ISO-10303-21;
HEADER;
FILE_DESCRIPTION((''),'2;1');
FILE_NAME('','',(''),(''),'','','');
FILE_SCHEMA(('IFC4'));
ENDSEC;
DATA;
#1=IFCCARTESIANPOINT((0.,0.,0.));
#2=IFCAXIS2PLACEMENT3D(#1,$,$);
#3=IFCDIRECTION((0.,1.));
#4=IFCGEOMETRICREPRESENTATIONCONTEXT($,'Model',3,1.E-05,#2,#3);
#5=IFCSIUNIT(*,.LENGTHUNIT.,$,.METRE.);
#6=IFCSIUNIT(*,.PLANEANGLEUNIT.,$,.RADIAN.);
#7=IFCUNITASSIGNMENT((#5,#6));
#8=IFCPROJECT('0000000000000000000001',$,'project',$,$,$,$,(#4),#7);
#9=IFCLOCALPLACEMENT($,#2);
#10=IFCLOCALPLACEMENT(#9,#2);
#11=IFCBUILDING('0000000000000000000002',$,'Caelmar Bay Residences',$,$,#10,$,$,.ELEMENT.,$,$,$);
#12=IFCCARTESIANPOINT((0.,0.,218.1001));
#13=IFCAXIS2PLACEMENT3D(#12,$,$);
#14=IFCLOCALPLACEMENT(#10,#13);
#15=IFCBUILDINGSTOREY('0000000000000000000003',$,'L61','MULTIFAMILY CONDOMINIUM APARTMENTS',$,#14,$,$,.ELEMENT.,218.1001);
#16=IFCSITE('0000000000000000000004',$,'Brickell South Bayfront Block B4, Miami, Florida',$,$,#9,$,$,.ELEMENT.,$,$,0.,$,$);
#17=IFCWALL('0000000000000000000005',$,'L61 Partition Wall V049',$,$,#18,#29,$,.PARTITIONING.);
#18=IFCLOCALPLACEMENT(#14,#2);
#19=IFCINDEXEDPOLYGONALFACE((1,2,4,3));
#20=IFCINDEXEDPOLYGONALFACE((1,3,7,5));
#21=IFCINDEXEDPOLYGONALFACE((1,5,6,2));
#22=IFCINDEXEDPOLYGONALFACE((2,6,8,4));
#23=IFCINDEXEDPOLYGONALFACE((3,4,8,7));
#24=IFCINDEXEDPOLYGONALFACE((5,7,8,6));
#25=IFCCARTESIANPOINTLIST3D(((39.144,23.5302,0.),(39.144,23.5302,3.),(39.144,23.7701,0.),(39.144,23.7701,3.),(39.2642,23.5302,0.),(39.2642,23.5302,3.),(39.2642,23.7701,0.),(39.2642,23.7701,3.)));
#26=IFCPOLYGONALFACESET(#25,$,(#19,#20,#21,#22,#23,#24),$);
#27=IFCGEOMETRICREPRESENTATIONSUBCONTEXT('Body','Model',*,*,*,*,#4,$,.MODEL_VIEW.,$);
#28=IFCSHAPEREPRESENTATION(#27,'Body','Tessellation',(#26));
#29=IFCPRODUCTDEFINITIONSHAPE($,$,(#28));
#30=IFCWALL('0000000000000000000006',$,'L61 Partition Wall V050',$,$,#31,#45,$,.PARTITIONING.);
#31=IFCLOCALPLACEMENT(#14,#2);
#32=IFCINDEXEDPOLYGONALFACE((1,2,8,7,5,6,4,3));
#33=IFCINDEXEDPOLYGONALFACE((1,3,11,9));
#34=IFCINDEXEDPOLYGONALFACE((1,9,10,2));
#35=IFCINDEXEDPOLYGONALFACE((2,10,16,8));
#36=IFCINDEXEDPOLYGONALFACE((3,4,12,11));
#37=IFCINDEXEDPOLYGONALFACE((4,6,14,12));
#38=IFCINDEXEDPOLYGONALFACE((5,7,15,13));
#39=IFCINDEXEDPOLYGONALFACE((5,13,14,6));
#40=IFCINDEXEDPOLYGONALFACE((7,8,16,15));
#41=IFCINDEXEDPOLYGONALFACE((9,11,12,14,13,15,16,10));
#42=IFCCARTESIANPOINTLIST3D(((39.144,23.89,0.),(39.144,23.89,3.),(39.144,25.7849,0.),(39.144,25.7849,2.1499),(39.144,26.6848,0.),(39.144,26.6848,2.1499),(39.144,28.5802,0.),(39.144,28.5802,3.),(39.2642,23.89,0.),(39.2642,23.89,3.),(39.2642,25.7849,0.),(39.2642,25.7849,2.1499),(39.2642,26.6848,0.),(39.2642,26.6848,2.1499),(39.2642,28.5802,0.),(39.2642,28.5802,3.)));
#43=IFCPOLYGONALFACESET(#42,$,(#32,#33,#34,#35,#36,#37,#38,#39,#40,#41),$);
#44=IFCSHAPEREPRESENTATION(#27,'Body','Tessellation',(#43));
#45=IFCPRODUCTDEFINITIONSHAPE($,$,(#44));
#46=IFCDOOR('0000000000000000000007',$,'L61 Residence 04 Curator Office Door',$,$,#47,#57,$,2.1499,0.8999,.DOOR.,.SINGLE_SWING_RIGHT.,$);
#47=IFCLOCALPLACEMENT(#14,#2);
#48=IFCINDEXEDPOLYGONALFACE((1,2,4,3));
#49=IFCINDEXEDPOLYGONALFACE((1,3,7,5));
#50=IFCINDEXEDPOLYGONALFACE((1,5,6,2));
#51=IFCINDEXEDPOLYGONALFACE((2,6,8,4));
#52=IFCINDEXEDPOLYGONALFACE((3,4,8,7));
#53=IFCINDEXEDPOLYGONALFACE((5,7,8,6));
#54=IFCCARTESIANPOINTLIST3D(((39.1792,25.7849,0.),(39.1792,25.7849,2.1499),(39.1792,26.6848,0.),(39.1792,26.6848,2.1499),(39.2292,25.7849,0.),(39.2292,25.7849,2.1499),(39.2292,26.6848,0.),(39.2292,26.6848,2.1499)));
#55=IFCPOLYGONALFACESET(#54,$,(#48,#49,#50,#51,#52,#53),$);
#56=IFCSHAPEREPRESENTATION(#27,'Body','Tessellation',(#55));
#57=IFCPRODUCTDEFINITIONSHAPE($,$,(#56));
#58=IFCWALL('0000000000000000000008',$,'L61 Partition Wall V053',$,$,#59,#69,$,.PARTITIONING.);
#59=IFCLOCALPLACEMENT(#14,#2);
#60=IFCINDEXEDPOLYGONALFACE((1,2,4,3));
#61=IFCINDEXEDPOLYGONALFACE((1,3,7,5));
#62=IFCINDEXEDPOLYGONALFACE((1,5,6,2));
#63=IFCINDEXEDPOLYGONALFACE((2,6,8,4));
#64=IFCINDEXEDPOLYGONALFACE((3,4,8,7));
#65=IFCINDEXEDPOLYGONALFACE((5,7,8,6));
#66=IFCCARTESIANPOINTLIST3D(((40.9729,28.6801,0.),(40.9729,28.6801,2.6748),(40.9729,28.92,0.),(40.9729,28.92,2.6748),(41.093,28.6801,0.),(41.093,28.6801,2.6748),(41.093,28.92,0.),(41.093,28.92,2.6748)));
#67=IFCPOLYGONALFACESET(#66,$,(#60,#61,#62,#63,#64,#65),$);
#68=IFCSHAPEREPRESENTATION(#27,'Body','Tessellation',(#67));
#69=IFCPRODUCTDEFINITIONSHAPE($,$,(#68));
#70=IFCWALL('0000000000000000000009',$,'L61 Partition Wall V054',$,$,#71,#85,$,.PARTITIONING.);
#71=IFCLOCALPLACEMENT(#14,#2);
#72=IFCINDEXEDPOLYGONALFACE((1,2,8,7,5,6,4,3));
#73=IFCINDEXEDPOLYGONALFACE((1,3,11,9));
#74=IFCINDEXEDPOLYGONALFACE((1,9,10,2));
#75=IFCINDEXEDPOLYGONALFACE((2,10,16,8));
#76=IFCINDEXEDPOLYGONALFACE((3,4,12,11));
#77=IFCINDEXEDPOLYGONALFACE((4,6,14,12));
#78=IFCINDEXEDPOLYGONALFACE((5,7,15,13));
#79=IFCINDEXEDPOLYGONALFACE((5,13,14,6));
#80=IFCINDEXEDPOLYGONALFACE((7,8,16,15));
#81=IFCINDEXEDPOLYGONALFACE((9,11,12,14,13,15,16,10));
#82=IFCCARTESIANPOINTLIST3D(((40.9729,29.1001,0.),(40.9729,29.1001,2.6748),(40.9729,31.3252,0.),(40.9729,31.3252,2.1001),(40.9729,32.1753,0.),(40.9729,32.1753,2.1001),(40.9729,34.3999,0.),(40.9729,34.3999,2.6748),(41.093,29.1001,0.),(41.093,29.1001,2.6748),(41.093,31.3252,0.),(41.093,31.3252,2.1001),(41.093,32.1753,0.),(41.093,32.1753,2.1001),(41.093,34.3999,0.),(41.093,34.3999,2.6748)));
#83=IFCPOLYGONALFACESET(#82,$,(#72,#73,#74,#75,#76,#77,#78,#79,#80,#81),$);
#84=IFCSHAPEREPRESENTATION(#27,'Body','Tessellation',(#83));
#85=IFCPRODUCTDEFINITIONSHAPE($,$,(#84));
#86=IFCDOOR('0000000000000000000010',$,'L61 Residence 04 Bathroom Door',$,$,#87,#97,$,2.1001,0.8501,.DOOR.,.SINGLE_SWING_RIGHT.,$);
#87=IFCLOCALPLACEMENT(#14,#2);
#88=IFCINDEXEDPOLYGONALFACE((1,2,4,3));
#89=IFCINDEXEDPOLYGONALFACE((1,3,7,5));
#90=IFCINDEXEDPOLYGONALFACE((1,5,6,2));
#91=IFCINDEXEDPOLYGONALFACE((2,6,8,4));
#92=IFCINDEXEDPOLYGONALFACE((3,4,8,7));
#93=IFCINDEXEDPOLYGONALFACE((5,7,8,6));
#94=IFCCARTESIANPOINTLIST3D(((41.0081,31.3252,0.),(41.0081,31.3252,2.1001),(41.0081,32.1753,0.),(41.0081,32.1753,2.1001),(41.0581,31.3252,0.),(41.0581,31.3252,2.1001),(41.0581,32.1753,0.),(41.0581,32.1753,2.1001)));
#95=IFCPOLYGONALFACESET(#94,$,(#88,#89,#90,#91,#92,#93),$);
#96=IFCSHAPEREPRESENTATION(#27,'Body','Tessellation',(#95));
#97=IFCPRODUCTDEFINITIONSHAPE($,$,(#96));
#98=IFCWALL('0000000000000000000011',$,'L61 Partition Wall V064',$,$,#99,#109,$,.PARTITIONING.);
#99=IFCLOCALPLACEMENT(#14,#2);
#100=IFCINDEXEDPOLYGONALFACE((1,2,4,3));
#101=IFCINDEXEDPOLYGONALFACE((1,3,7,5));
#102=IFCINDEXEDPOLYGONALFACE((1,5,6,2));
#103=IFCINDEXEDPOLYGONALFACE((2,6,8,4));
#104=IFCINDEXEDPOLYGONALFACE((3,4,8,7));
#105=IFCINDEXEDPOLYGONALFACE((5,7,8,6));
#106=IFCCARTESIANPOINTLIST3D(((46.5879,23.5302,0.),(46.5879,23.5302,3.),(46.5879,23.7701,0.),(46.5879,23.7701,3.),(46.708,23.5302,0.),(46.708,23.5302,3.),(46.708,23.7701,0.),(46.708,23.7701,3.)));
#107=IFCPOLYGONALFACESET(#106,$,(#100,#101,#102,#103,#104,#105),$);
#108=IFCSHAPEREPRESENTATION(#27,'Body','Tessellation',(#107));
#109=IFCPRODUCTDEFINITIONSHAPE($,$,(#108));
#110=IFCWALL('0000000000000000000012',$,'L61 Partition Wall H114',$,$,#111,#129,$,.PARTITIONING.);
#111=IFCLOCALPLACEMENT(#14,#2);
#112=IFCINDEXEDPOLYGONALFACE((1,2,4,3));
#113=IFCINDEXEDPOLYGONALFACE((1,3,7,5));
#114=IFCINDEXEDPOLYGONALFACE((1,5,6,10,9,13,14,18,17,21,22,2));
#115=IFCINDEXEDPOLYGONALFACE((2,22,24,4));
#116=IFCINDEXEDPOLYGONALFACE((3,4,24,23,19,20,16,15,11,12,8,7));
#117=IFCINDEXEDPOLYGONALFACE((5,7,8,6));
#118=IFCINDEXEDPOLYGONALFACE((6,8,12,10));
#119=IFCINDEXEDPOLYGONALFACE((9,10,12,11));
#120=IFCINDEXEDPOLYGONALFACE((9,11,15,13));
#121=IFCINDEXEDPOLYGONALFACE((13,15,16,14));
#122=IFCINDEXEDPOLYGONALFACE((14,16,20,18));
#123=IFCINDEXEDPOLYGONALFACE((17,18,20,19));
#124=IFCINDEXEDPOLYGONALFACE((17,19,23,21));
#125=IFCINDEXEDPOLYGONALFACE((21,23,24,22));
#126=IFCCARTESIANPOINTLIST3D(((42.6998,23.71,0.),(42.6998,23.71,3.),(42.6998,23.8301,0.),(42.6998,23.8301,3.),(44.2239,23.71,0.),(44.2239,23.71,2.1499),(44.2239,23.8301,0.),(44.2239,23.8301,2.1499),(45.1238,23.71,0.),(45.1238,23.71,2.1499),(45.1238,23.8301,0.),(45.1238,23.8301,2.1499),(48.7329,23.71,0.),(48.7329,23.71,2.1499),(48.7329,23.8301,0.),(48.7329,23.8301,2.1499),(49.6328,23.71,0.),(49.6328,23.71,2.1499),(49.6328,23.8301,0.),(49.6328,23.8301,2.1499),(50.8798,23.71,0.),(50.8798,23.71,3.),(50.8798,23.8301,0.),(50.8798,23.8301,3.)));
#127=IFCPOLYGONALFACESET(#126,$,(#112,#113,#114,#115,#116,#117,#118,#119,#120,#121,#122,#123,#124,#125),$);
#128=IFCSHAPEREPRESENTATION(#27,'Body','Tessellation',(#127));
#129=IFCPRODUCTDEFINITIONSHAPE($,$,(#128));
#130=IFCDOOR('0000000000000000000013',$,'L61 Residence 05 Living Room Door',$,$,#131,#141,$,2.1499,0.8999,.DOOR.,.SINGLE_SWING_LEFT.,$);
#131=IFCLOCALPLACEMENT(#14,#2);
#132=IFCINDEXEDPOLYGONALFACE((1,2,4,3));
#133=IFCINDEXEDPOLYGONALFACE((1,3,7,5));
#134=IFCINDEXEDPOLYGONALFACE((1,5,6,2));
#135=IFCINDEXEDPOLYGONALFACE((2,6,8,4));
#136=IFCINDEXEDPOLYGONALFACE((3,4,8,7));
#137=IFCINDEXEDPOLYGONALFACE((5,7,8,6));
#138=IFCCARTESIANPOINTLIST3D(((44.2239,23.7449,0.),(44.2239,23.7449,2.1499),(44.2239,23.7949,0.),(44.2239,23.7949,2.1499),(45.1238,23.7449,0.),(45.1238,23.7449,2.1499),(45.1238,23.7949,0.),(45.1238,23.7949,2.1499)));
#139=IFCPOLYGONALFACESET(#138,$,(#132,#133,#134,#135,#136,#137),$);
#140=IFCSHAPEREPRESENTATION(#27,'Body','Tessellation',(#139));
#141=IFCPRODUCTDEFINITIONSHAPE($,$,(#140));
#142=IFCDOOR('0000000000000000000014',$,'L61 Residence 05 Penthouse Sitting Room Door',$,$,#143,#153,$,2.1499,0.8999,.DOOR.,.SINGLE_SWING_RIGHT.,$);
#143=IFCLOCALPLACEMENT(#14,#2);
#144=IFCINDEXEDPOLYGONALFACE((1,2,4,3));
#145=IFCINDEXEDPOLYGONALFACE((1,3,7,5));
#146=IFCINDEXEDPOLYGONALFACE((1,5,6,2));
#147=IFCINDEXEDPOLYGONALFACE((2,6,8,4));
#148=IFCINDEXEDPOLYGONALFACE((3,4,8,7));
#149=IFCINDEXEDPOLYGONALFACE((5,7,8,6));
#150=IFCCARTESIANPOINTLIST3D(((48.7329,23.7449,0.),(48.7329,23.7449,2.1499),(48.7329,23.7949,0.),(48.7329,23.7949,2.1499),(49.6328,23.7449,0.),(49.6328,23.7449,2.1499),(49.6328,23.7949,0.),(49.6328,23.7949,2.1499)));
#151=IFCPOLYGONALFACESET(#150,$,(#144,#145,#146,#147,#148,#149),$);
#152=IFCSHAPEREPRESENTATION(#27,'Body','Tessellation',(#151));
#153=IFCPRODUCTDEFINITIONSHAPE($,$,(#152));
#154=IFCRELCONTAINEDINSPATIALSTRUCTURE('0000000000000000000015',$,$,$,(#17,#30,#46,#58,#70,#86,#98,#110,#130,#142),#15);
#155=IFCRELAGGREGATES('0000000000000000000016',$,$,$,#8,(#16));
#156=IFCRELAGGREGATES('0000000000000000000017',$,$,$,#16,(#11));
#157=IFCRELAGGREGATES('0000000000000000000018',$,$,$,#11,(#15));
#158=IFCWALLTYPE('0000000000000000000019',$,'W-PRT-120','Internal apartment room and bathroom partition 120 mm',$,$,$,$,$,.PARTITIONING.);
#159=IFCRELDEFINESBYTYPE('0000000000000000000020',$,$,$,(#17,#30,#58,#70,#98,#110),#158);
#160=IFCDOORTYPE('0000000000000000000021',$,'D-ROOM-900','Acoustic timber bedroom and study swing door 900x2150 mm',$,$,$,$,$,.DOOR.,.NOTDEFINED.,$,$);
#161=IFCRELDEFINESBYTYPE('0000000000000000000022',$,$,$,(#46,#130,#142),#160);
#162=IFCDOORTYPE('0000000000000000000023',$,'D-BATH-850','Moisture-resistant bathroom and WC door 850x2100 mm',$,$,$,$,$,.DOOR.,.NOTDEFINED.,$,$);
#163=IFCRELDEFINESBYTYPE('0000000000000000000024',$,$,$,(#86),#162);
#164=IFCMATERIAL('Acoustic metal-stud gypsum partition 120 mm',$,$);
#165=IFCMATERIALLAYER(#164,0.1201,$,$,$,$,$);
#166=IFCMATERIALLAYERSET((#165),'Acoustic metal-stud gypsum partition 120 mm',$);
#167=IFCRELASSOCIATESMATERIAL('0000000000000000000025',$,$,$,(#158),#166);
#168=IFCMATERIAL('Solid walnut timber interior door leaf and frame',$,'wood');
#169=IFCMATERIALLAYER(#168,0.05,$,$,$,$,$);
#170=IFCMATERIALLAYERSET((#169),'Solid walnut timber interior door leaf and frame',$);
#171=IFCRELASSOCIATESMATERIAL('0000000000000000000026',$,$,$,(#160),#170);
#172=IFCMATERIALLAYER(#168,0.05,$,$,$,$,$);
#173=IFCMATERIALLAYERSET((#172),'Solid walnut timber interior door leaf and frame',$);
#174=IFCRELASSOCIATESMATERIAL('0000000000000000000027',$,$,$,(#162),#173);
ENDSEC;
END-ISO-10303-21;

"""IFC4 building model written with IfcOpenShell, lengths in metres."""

from ifc_helpers import new_model, si_unit, direction, frame, frame_2d, origin, place, context, subcontext, project, spatial, rectangle, extrude, material, layer, layer_set, type_object, element, fill, save


model = new_model("IFC4")

# Units and contexts
model_context = context("Model", 3, precision=1e-05, world=origin(), true_north=direction((0.0, 1.0)))
body_context = subcontext(model_context, "Body", "Model", "MODEL_VIEW")
ifc_project = project(units=[si_unit("LENGTHUNIT", "METRE"), si_unit("PLANEANGLEUNIT", "RADIAN")], contexts=[model_context])

# Site, building, storey
site_placement = place(None, origin())
site = spatial("IfcSite", under=ifc_project, at=site_placement, Name="Brickell South Bayfront Block B4, Miami, Florida", CompositionType="ELEMENT", RefElevation=0.0)
building_placement = place(site_placement, origin())
building = spatial("IfcBuilding", under=site, at=building_placement, Name="Caelmar Bay Residences", CompositionType="ELEMENT")
storey_placement = place(building_placement, frame((0.0, 0.0, 218.1001)))
storey = spatial("IfcBuildingStorey", under=building, at=storey_placement, Name="L61", Description="MULTIFAMILY CONDOMINIUM APARTMENTS", CompositionType="ELEMENT", Elevation=218.1001)

# Wall
ifc_material_1 = material(Name="Acoustic metal-stud gypsum partition 120 mm")
ifc_layer_1 = layer(ifc_material_1, 0.1201)
ifc_layer_set_1 = layer_set([ifc_layer_1], Name="Acoustic metal-stud gypsum partition 120 mm")
wall_type_1 = type_object("IfcWallType", Name="W-PRT-120", Description="Internal apartment room and bathroom partition 120 mm", PredefinedType="PARTITIONING", material=ifc_layer_set_1)
wall_1_placement = place(storey_placement, frame((39.2041, 23.53, 0.0), z_axis=(0.0, 0.0, 1.0), x_axis=(0.0, 1.0, 0.0)))
element("IfcWall", 1, at=wall_1_placement, inside=storey, type_object=wall_type_1, Name="L61 Partition Wall V049", PredefinedType="PARTITIONING", context=body_context, shape_type="SweptSolid", body=[
    extrude(rectangle(XDim=0.24, YDim=0.1201, at=frame_2d((0.1201, 0.0))), origin(), (0.0, 0.0, 1.0), 3.0),
])

# Wall, opening, door
wall_2_placement = place(storey_placement, frame((39.2041, 23.8899, 0.0), z_axis=(0.0, 0.0, 1.0), x_axis=(0.0, 1.0, 0.0)))
wall_2 = element("IfcWall", 2, at=wall_2_placement, inside=storey, type_object=wall_type_1, Name="L61 Partition Wall V050", PredefinedType="PARTITIONING", context=body_context, shape_type="SweptSolid", body=[
    extrude(rectangle(XDim=4.6902, YDim=0.1201, at=frame_2d((2.3452, 0.0))), origin(), (0.0, 0.0, 1.0), 3.0),
])
opening_1_placement = place(wall_2_placement, frame((1.895, 0.0, 0.0)))
opening_1 = element("IfcOpeningElement", 3, at=opening_1_placement, cuts=wall_2, PredefinedType="OPENING", context=body_context, shape_type="SweptSolid", body=[
    extrude(rectangle(XDim=0.8999, YDim=2.1499, at=frame_2d((0.45, 1.075))), frame((0.0, 0.0701, 0.0), z_axis=(0.0, -1.0, 0.0), x_axis=(1.0, 0.0, 0.0)), (0.0, 0.0, 1.0), 0.1401),
])
ifc_material_2 = material(Name="Solid walnut timber interior door leaf and frame", Category="wood")
ifc_layer_2 = layer(ifc_material_2, 0.05)
ifc_layer_set_2 = layer_set([ifc_layer_2], Name="Solid walnut timber interior door leaf and frame")
door_type_1 = type_object("IfcDoorType", Name="D-ROOM-900", Description="Acoustic timber bedroom and study swing door 900x2150 mm", OperationType="NOTDEFINED", PredefinedType="DOOR", material=ifc_layer_set_2)
door_1_placement = place(opening_1_placement, origin())
door_1 = element("IfcDoor", 4, at=door_1_placement, inside=storey, type_object=door_type_1, Name="L61 Residence 04 Curator Office Door", OperationType="SINGLE_SWING_RIGHT", OverallHeight=2.1499, OverallWidth=0.8999, PredefinedType="DOOR", context=body_context, shape_type="SweptSolid", body=[
    extrude(rectangle(XDim=0.8999, YDim=2.1499, at=frame_2d((0.45, 1.075))), frame((0.0, 0.0249, 0.0), z_axis=(0.0, -1.0, 0.0), x_axis=(1.0, 0.0, 0.0)), (0.0, 0.0, 1.0), 0.05),
])
fill(opening_1, door_1)

# Wall
wall_3_placement = place(storey_placement, frame((41.033, 28.6799, 0.0), z_axis=(0.0, 0.0, 1.0), x_axis=(0.0, 1.0, 0.0)))
element("IfcWall", 5, at=wall_3_placement, inside=storey, type_object=wall_type_1, Name="L61 Partition Wall V053", PredefinedType="PARTITIONING", context=body_context, shape_type="SweptSolid", body=[
    extrude(rectangle(XDim=0.24, YDim=0.1201, at=frame_2d((0.1201, 0.0))), origin(), (0.0, 0.0, 1.0), 2.6748),
])

# Wall, opening, door
wall_4_placement = place(storey_placement, frame((41.033, 29.1001, 0.0), z_axis=(0.0, 0.0, 1.0), x_axis=(0.0, 1.0, 0.0)))
wall_4 = element("IfcWall", 6, at=wall_4_placement, inside=storey, type_object=wall_type_1, Name="L61 Partition Wall V054", PredefinedType="PARTITIONING", context=body_context, shape_type="SweptSolid", body=[
    extrude(rectangle(XDim=5.2998, YDim=0.1201, at=frame_2d((2.6499, 0.0))), origin(), (0.0, 0.0, 1.0), 2.6748),
])
opening_2_placement = place(wall_4_placement, frame((2.2251, 0.0, 0.0)))
opening_2 = element("IfcOpeningElement", 7, at=opening_2_placement, cuts=wall_4, PredefinedType="OPENING", context=body_context, shape_type="SweptSolid", body=[
    extrude(rectangle(XDim=0.8501, YDim=2.1001, at=frame_2d((0.425, 1.05))), frame((0.0, 0.0701, 0.0), z_axis=(0.0, -1.0, 0.0), x_axis=(1.0, 0.0, 0.0)), (0.0, 0.0, 1.0), 0.1401),
])
ifc_layer_3 = layer(ifc_material_2, 0.05)
ifc_layer_set_3 = layer_set([ifc_layer_3], Name="Solid walnut timber interior door leaf and frame")
door_type_2 = type_object("IfcDoorType", Name="D-BATH-850", Description="Moisture-resistant bathroom and WC door 850x2100 mm", OperationType="NOTDEFINED", PredefinedType="DOOR", material=ifc_layer_set_3)
door_2_placement = place(opening_2_placement, origin())
door_2 = element("IfcDoor", 8, at=door_2_placement, inside=storey, type_object=door_type_2, Name="L61 Residence 04 Bathroom Door", OperationType="SINGLE_SWING_RIGHT", OverallHeight=2.1001, OverallWidth=0.8501, PredefinedType="DOOR", context=body_context, shape_type="SweptSolid", body=[
    extrude(rectangle(XDim=0.8501, YDim=2.1001, at=frame_2d((0.425, 1.05))), frame((0.0, 0.0249, 0.0), z_axis=(0.0, -1.0, 0.0), x_axis=(1.0, 0.0, 0.0)), (0.0, 0.0, 1.0), 0.05),
])
fill(opening_2, door_2)

# Wall
wall_5_placement = place(storey_placement, frame((46.6479, 23.53, 0.0), z_axis=(0.0, 0.0, 1.0), x_axis=(0.0, 1.0, 0.0)))
element("IfcWall", 9, at=wall_5_placement, inside=storey, type_object=wall_type_1, Name="L61 Partition Wall V064", PredefinedType="PARTITIONING", context=body_context, shape_type="SweptSolid", body=[
    extrude(rectangle(XDim=0.24, YDim=0.1201, at=frame_2d((0.1201, 0.0))), origin(), (0.0, 0.0, 1.0), 3.0),
])

# Wall, openings, doors
wall_6_placement = place(storey_placement, frame((42.7, 23.77, 0.0), z_axis=(0.0, 0.0, 1.0), x_axis=(1.0, 0.0, 0.0)))
wall_6 = element("IfcWall", 10, at=wall_6_placement, inside=storey, type_object=wall_type_1, Name="L61 Partition Wall H114", PredefinedType="PARTITIONING", context=body_context, shape_type="SweptSolid", body=[
    extrude(rectangle(XDim=8.1799, YDim=0.1201, at=frame_2d((4.0898, 0.0))), origin(), (0.0, 0.0, 1.0), 3.0),
])
opening_3_placement = place(wall_6_placement, frame((1.5239, 0.0, 0.0)))
opening_3 = element("IfcOpeningElement", 11, at=opening_3_placement, cuts=wall_6, PredefinedType="OPENING", context=body_context, shape_type="SweptSolid", body=[
    extrude(rectangle(XDim=0.8999, YDim=2.1499, at=frame_2d((0.45, 1.075))), frame((0.0, 0.0701, 0.0), z_axis=(0.0, -1.0, 0.0), x_axis=(1.0, 0.0, 0.0)), (0.0, 0.0, 1.0), 0.1401),
])
opening_4_placement = place(wall_6_placement, frame((6.033, 0.0, 0.0)))
opening_4 = element("IfcOpeningElement", 12, at=opening_4_placement, cuts=wall_6, PredefinedType="OPENING", context=body_context, shape_type="SweptSolid", body=[
    extrude(rectangle(XDim=0.8999, YDim=2.1499, at=frame_2d((0.45, 1.075))), frame((0.0, 0.0701, 0.0), z_axis=(0.0, -1.0, 0.0), x_axis=(1.0, 0.0, 0.0)), (0.0, 0.0, 1.0), 0.1401),
])
door_3_placement = place(opening_3_placement, origin())
door_3 = element("IfcDoor", 13, at=door_3_placement, inside=storey, type_object=door_type_1, Name="L61 Residence 05 Living Room Door", OperationType="SINGLE_SWING_LEFT", OverallHeight=2.1499, OverallWidth=0.8999, PredefinedType="DOOR", context=body_context, shape_type="SweptSolid", body=[
    extrude(rectangle(XDim=0.8999, YDim=2.1499, at=frame_2d((0.45, 1.075))), frame((0.0, 0.0249, 0.0), z_axis=(0.0, -1.0, 0.0), x_axis=(1.0, 0.0, 0.0)), (0.0, 0.0, 1.0), 0.05),
])
fill(opening_3, door_3)
door_4_placement = place(opening_4_placement, origin())
door_4 = element("IfcDoor", 14, at=door_4_placement, inside=storey, type_object=door_type_1, Name="L61 Residence 05 Penthouse Sitting Room Door", OperationType="SINGLE_SWING_RIGHT", OverallHeight=2.1499, OverallWidth=0.8999, PredefinedType="DOOR", context=body_context, shape_type="SweptSolid", body=[
    extrude(rectangle(XDim=0.8999, YDim=2.1499, at=frame_2d((0.45, 1.075))), frame((0.0, 0.0249, 0.0), z_axis=(0.0, -1.0, 0.0), x_axis=(1.0, 0.0, 0.0)), (0.0, 0.0, 1.0), 0.05),
])
fill(opening_4, door_4)

save(model, "model.ifc")
